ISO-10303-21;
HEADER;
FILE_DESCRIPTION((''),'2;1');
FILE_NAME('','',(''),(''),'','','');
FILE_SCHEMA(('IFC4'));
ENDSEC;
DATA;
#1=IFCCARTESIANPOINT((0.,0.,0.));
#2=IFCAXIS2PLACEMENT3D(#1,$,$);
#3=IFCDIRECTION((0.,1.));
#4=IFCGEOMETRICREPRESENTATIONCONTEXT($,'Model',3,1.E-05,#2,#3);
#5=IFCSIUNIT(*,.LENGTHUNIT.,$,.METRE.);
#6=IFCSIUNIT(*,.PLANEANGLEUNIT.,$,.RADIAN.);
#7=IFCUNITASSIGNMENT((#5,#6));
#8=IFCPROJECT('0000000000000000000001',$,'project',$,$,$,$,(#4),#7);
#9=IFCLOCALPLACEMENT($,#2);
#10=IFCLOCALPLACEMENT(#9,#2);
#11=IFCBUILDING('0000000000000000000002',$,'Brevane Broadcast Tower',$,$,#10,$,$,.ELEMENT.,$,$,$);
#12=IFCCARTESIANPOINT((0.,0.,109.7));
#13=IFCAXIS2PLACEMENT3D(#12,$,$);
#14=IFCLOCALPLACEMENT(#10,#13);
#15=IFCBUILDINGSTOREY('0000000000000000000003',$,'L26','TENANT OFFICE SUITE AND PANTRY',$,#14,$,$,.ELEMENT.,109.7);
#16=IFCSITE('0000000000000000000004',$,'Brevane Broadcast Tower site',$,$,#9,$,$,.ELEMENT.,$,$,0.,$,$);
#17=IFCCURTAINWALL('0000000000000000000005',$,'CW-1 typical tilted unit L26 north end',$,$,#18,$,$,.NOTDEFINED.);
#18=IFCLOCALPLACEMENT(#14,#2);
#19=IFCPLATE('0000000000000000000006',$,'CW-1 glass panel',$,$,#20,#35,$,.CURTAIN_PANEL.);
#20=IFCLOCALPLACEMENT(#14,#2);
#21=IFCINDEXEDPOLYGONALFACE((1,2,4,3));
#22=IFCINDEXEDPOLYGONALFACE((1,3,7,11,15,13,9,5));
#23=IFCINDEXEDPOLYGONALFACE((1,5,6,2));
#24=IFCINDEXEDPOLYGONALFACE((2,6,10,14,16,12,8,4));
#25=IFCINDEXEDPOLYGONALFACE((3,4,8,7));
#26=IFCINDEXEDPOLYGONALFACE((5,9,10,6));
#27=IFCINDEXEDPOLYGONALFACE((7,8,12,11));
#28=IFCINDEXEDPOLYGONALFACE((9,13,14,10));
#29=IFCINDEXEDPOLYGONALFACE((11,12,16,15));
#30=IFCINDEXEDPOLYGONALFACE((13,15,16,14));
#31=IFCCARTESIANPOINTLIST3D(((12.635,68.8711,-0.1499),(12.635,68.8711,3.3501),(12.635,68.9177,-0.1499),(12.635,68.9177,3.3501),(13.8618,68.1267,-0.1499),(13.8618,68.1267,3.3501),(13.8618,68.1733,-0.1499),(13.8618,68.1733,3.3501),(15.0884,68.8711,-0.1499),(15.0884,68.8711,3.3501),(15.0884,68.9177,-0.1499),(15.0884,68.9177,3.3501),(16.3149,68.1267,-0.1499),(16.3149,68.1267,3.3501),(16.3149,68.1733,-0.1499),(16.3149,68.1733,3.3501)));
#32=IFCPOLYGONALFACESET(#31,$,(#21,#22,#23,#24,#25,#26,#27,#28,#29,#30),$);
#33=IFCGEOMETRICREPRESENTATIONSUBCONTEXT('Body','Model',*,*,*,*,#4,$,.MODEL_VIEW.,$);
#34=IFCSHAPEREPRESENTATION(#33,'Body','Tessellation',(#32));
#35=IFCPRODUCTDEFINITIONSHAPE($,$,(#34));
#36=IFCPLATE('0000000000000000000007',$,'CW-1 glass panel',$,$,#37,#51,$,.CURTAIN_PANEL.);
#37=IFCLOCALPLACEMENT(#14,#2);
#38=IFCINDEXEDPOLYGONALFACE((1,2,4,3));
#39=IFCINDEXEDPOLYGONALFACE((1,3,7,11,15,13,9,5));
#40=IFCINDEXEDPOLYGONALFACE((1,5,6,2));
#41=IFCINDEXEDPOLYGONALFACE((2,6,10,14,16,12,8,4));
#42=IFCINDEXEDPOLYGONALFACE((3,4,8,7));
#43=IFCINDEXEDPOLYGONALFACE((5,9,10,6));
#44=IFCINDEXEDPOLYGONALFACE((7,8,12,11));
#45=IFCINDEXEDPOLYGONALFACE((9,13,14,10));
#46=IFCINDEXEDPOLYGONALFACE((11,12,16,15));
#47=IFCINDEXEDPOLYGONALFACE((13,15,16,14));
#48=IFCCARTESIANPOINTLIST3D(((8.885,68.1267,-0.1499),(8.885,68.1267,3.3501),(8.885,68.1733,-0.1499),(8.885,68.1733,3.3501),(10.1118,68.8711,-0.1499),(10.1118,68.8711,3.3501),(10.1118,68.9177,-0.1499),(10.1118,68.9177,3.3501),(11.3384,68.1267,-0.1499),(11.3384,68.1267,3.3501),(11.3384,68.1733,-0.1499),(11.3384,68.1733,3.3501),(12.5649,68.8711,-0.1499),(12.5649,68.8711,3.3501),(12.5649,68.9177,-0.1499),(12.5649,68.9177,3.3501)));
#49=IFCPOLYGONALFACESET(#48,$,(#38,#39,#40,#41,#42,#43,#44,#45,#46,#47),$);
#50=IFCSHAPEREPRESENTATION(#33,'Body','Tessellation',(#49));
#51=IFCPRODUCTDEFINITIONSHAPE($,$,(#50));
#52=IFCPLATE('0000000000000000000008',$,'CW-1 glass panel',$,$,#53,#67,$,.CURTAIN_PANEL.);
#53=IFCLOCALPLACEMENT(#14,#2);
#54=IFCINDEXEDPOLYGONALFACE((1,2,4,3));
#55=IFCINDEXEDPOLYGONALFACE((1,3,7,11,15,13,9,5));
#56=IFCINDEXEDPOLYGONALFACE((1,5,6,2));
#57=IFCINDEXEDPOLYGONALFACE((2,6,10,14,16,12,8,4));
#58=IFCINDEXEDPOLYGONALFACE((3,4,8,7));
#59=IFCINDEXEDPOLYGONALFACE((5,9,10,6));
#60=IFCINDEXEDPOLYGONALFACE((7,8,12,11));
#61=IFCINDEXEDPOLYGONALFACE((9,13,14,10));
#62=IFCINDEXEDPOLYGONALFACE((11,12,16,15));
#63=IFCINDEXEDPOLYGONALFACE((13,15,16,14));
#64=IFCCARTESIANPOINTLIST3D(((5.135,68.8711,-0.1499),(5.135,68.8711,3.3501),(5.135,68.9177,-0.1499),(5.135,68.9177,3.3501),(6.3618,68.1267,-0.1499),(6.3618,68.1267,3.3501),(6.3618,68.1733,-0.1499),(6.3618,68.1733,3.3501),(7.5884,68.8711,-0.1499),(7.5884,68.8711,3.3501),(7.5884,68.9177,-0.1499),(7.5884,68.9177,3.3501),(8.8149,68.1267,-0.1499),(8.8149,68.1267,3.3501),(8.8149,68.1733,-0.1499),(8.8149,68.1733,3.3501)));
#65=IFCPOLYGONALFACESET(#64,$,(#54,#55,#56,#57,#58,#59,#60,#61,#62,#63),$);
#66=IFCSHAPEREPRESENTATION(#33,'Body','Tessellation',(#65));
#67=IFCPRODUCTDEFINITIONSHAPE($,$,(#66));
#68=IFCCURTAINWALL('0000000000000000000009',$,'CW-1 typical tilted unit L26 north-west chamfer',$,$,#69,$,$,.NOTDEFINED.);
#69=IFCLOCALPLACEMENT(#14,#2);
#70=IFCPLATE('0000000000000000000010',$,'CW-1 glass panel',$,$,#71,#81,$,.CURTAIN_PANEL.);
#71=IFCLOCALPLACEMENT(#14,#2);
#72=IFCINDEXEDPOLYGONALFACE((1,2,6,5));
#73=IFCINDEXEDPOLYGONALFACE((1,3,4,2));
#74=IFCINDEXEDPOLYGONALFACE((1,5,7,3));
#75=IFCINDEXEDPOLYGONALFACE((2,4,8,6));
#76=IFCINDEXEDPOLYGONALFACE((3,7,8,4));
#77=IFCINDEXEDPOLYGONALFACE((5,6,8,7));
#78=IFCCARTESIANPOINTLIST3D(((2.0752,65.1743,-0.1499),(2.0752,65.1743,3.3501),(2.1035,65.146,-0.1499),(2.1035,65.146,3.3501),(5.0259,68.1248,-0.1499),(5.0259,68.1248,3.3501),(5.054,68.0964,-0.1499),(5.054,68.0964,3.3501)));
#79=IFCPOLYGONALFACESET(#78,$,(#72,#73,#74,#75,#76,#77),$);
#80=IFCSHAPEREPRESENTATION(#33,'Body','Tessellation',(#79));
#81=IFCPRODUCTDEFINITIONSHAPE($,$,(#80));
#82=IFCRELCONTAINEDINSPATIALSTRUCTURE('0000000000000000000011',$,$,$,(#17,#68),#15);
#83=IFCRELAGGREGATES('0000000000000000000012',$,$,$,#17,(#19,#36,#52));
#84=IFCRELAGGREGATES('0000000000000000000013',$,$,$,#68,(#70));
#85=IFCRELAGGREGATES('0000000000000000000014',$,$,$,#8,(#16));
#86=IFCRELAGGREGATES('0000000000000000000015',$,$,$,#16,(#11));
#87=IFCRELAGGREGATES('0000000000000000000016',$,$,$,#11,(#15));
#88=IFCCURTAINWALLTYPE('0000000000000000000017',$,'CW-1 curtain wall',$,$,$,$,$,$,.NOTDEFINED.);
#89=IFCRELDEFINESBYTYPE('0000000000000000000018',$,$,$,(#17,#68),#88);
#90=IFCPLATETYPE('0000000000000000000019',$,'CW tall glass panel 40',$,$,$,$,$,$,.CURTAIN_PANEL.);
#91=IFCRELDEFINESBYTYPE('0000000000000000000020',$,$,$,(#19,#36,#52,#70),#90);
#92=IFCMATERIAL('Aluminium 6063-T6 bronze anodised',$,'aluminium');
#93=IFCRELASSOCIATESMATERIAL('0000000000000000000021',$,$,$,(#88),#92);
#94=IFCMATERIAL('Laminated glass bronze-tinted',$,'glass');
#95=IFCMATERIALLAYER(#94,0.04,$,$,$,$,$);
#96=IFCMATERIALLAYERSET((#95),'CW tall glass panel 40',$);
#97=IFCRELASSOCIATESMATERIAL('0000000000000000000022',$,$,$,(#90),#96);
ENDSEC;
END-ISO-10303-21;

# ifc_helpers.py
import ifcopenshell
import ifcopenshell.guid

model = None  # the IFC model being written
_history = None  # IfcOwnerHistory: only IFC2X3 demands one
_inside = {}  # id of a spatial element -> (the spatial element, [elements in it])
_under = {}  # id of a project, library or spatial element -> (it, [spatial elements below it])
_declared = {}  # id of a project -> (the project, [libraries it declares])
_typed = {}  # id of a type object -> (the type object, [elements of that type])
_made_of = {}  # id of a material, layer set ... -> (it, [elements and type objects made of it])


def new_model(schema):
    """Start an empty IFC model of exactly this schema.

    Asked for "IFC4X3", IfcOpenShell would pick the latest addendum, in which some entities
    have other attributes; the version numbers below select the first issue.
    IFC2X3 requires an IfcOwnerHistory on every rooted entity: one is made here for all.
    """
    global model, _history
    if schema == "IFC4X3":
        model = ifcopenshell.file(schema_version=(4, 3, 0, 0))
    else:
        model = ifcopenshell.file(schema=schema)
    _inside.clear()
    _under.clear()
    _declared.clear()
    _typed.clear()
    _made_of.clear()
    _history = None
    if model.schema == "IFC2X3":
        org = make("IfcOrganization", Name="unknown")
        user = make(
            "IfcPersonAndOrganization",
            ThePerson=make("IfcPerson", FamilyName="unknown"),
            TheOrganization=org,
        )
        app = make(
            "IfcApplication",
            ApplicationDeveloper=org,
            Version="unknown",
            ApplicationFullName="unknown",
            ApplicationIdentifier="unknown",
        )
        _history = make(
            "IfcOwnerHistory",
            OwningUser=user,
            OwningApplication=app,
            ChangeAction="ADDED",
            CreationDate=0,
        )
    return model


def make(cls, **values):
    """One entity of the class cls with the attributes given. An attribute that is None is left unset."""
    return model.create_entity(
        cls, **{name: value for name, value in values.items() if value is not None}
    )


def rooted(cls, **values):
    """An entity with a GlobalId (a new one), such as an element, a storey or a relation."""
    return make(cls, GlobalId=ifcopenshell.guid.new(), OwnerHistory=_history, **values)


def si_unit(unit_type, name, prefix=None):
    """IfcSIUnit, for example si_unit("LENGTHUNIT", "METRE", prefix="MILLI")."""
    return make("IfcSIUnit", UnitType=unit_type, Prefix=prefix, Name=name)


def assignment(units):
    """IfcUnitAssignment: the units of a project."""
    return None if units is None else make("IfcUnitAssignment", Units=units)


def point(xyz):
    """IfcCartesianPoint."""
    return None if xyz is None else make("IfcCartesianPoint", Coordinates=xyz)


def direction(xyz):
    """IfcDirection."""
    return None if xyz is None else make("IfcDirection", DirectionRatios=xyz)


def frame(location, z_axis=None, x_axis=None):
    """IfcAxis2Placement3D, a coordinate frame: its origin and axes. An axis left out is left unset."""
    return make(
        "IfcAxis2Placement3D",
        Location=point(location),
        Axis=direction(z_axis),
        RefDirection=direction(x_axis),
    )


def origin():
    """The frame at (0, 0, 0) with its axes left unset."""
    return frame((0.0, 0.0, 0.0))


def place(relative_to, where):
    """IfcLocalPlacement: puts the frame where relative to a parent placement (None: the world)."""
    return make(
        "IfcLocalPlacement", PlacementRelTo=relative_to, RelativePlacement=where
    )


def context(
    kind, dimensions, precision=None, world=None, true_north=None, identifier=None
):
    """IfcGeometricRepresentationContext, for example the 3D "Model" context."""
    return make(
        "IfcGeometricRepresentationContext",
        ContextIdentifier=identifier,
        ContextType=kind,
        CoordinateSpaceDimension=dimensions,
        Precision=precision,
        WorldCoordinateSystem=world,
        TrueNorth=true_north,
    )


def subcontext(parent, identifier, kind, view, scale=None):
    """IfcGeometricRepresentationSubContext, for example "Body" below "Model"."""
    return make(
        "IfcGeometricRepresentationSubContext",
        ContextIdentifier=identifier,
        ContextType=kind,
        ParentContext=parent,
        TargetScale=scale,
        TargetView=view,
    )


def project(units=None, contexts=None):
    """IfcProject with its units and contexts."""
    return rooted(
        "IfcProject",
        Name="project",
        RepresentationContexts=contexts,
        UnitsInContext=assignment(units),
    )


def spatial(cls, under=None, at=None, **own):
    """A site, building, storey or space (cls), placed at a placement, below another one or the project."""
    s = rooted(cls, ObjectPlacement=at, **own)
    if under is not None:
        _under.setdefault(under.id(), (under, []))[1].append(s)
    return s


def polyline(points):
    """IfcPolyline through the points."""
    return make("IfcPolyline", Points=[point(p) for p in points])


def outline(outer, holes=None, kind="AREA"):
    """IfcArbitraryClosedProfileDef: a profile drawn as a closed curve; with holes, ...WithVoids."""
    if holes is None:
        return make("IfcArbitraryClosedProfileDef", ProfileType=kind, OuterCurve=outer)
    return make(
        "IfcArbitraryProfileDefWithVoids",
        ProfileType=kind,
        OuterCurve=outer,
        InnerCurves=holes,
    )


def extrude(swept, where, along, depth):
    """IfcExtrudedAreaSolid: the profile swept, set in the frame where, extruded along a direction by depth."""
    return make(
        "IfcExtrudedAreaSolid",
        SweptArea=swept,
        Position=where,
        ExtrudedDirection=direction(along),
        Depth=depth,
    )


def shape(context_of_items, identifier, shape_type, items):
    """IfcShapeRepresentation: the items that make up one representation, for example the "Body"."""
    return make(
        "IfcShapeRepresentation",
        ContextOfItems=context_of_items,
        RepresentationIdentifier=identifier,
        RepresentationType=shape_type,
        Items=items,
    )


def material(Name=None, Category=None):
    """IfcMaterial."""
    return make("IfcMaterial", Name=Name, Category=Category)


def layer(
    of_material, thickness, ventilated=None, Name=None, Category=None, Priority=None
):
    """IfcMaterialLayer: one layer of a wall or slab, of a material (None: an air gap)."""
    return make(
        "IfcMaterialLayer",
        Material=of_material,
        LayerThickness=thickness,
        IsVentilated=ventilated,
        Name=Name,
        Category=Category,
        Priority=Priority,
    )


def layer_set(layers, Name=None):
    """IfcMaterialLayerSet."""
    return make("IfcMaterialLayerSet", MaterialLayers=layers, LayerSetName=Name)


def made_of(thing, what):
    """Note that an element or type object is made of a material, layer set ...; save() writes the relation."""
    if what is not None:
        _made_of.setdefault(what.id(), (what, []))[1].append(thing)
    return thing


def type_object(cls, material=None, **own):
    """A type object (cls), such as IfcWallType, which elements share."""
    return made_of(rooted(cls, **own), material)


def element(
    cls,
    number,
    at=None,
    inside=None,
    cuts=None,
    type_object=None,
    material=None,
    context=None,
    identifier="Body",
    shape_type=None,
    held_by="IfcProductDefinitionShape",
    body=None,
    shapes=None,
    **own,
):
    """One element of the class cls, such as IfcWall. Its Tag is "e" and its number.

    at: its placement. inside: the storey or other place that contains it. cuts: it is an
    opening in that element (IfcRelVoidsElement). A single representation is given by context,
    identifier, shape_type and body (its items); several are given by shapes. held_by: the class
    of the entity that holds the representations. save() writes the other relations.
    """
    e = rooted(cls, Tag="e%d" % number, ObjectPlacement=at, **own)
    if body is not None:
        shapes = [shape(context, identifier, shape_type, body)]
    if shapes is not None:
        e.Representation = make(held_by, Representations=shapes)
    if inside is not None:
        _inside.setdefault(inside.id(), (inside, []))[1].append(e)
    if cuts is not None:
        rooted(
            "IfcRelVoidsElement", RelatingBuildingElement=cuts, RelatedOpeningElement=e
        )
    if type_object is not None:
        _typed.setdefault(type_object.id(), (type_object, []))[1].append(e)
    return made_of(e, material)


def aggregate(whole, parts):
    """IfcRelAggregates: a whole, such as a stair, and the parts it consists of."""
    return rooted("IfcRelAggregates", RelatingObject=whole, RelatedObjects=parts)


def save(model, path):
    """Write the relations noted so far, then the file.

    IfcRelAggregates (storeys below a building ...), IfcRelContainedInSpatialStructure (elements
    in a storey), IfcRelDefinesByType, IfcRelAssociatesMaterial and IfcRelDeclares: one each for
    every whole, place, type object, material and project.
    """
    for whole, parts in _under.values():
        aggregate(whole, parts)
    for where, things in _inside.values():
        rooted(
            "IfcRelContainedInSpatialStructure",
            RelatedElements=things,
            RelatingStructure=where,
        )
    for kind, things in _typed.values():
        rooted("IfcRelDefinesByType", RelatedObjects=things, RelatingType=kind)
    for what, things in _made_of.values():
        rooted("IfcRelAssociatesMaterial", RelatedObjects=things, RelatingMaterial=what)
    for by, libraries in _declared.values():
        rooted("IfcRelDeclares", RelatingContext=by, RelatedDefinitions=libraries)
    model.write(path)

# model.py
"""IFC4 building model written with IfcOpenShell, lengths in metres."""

from ifc_helpers import new_model, si_unit, direction, frame, origin, place, context, subcontext, project, spatial, polyline, outline, extrude, material, layer, layer_set, type_object, element, aggregate, save


model = new_model("IFC4")

# Units and contexts
model_context = context("Model", 3, precision=1e-05, world=origin(), true_north=direction((0.0, 1.0)))
body_context = subcontext(model_context, "Body", "Model", "MODEL_VIEW")
ifc_project = project(units=[si_unit("LENGTHUNIT", "METRE"), si_unit("PLANEANGLEUNIT", "RADIAN")], contexts=[model_context])

# Site, building, storey
site_placement = place(None, origin())
site = spatial("IfcSite", under=ifc_project, at=site_placement, Name="Brevane Broadcast Tower site", CompositionType="ELEMENT", RefElevation=0.0)
building_placement = place(site_placement, origin())
building = spatial("IfcBuilding", under=site, at=building_placement, Name="Brevane Broadcast Tower", CompositionType="ELEMENT")
storey_placement = place(building_placement, frame((0.0, 0.0, 109.7)))
storey = spatial("IfcBuildingStorey", under=building, at=storey_placement, Name="L26", Description="TENANT OFFICE SUITE AND PANTRY", CompositionType="ELEMENT", Elevation=109.7)

# Shared definitions
ifc_material_1 = material(Name="Aluminium 6063-T6 bronze anodised", Category="aluminium")
curtain_wall_type = type_object("IfcCurtainWallType", Name="CW-1 curtain wall", PredefinedType="NOTDEFINED", material=ifc_material_1)

# Curtain wall, plates
ifc_material_2 = material(Name="Laminated glass bronze-tinted", Category="glass")
ifc_layer = layer(ifc_material_2, 0.04)
ifc_layer_set = layer_set([ifc_layer], Name="CW tall glass panel 40")
plate_type = type_object("IfcPlateType", Name="CW tall glass panel 40", PredefinedType="CURTAIN_PANEL", material=ifc_layer_set)
curtain_wall_1_placement = place(storey_placement, origin())
curtain_wall_1 = element("IfcCurtainWall", 1, at=curtain_wall_1_placement, inside=storey, type_object=curtain_wall_type, Name="CW-1 typical tilted unit L26 north end", PredefinedType="NOTDEFINED")
plate_1_placement = place(storey_placement, frame((0.0, 0.0, -0.1499)))
plate_1 = element("IfcPlate", 2, at=plate_1_placement, type_object=plate_type, Name="CW-1 glass panel", PredefinedType="CURTAIN_PANEL", context=body_context, shape_type="SweptSolid", body=[
    extrude(outline(polyline([(16.3149, 68.1267), (16.3149, 68.1733), (15.0884, 68.9177), (13.8618, 68.1733), (12.635, 68.9177), (12.635, 68.8711), (13.8618, 68.1267), (15.0884, 68.8711), (16.3149, 68.1267)])), origin(), (0.0, 0.0, 1.0), 3.5),
])
plate_2_placement = place(storey_placement, frame((0.0, 0.0, -0.1499)))
plate_2 = element("IfcPlate", 3, at=plate_2_placement, type_object=plate_type, Name="CW-1 glass panel", PredefinedType="CURTAIN_PANEL", context=body_context, shape_type="SweptSolid", body=[
    extrude(outline(polyline([(12.5649, 68.8711), (12.5649, 68.9177), (11.3384, 68.1733), (10.1118, 68.9177), (8.885, 68.1733), (8.885, 68.1267), (10.1118, 68.8711), (11.3384, 68.1267), (12.5649, 68.8711)])), origin(), (0.0, 0.0, 1.0), 3.5),
])
plate_3_placement = place(storey_placement, frame((0.0, 0.0, -0.1499)))
plate_3 = element("IfcPlate", 4, at=plate_3_placement, type_object=plate_type, Name="CW-1 glass panel", PredefinedType="CURTAIN_PANEL", context=body_context, shape_type="SweptSolid", body=[
    extrude(outline(polyline([(8.8149, 68.1267), (8.8149, 68.1733), (7.5884, 68.9177), (6.3618, 68.1733), (5.135, 68.9177), (5.135, 68.8711), (6.3618, 68.1267), (7.5884, 68.8711), (8.8149, 68.1267)])), origin(), (0.0, 0.0, 1.0), 3.5),
])
aggregate(curtain_wall_1, [plate_1, plate_2, plate_3])

# Curtain wall, plate
curtain_wall_2_placement = place(storey_placement, origin())
curtain_wall_2 = element("IfcCurtainWall", 5, at=curtain_wall_2_placement, inside=storey, type_object=curtain_wall_type, Name="CW-1 typical tilted unit L26 north-west chamfer", PredefinedType="NOTDEFINED")
plate_4_placement = place(storey_placement, frame((0.0, 0.0, -0.1499)))
plate_4 = element("IfcPlate", 6, at=plate_4_placement, type_object=plate_type, Name="CW-1 glass panel", PredefinedType="CURTAIN_PANEL", context=body_context, shape_type="SweptSolid", body=[
    extrude(outline(polyline([(5.054, 68.0964), (2.1035, 65.146), (2.0752, 65.1743), (5.0259, 68.1248), (5.054, 68.0964)])), origin(), (0.0, 0.0, 1.0), 3.5),
])
aggregate(curtain_wall_2, [plate_4])

save(model, "model.ifc")
